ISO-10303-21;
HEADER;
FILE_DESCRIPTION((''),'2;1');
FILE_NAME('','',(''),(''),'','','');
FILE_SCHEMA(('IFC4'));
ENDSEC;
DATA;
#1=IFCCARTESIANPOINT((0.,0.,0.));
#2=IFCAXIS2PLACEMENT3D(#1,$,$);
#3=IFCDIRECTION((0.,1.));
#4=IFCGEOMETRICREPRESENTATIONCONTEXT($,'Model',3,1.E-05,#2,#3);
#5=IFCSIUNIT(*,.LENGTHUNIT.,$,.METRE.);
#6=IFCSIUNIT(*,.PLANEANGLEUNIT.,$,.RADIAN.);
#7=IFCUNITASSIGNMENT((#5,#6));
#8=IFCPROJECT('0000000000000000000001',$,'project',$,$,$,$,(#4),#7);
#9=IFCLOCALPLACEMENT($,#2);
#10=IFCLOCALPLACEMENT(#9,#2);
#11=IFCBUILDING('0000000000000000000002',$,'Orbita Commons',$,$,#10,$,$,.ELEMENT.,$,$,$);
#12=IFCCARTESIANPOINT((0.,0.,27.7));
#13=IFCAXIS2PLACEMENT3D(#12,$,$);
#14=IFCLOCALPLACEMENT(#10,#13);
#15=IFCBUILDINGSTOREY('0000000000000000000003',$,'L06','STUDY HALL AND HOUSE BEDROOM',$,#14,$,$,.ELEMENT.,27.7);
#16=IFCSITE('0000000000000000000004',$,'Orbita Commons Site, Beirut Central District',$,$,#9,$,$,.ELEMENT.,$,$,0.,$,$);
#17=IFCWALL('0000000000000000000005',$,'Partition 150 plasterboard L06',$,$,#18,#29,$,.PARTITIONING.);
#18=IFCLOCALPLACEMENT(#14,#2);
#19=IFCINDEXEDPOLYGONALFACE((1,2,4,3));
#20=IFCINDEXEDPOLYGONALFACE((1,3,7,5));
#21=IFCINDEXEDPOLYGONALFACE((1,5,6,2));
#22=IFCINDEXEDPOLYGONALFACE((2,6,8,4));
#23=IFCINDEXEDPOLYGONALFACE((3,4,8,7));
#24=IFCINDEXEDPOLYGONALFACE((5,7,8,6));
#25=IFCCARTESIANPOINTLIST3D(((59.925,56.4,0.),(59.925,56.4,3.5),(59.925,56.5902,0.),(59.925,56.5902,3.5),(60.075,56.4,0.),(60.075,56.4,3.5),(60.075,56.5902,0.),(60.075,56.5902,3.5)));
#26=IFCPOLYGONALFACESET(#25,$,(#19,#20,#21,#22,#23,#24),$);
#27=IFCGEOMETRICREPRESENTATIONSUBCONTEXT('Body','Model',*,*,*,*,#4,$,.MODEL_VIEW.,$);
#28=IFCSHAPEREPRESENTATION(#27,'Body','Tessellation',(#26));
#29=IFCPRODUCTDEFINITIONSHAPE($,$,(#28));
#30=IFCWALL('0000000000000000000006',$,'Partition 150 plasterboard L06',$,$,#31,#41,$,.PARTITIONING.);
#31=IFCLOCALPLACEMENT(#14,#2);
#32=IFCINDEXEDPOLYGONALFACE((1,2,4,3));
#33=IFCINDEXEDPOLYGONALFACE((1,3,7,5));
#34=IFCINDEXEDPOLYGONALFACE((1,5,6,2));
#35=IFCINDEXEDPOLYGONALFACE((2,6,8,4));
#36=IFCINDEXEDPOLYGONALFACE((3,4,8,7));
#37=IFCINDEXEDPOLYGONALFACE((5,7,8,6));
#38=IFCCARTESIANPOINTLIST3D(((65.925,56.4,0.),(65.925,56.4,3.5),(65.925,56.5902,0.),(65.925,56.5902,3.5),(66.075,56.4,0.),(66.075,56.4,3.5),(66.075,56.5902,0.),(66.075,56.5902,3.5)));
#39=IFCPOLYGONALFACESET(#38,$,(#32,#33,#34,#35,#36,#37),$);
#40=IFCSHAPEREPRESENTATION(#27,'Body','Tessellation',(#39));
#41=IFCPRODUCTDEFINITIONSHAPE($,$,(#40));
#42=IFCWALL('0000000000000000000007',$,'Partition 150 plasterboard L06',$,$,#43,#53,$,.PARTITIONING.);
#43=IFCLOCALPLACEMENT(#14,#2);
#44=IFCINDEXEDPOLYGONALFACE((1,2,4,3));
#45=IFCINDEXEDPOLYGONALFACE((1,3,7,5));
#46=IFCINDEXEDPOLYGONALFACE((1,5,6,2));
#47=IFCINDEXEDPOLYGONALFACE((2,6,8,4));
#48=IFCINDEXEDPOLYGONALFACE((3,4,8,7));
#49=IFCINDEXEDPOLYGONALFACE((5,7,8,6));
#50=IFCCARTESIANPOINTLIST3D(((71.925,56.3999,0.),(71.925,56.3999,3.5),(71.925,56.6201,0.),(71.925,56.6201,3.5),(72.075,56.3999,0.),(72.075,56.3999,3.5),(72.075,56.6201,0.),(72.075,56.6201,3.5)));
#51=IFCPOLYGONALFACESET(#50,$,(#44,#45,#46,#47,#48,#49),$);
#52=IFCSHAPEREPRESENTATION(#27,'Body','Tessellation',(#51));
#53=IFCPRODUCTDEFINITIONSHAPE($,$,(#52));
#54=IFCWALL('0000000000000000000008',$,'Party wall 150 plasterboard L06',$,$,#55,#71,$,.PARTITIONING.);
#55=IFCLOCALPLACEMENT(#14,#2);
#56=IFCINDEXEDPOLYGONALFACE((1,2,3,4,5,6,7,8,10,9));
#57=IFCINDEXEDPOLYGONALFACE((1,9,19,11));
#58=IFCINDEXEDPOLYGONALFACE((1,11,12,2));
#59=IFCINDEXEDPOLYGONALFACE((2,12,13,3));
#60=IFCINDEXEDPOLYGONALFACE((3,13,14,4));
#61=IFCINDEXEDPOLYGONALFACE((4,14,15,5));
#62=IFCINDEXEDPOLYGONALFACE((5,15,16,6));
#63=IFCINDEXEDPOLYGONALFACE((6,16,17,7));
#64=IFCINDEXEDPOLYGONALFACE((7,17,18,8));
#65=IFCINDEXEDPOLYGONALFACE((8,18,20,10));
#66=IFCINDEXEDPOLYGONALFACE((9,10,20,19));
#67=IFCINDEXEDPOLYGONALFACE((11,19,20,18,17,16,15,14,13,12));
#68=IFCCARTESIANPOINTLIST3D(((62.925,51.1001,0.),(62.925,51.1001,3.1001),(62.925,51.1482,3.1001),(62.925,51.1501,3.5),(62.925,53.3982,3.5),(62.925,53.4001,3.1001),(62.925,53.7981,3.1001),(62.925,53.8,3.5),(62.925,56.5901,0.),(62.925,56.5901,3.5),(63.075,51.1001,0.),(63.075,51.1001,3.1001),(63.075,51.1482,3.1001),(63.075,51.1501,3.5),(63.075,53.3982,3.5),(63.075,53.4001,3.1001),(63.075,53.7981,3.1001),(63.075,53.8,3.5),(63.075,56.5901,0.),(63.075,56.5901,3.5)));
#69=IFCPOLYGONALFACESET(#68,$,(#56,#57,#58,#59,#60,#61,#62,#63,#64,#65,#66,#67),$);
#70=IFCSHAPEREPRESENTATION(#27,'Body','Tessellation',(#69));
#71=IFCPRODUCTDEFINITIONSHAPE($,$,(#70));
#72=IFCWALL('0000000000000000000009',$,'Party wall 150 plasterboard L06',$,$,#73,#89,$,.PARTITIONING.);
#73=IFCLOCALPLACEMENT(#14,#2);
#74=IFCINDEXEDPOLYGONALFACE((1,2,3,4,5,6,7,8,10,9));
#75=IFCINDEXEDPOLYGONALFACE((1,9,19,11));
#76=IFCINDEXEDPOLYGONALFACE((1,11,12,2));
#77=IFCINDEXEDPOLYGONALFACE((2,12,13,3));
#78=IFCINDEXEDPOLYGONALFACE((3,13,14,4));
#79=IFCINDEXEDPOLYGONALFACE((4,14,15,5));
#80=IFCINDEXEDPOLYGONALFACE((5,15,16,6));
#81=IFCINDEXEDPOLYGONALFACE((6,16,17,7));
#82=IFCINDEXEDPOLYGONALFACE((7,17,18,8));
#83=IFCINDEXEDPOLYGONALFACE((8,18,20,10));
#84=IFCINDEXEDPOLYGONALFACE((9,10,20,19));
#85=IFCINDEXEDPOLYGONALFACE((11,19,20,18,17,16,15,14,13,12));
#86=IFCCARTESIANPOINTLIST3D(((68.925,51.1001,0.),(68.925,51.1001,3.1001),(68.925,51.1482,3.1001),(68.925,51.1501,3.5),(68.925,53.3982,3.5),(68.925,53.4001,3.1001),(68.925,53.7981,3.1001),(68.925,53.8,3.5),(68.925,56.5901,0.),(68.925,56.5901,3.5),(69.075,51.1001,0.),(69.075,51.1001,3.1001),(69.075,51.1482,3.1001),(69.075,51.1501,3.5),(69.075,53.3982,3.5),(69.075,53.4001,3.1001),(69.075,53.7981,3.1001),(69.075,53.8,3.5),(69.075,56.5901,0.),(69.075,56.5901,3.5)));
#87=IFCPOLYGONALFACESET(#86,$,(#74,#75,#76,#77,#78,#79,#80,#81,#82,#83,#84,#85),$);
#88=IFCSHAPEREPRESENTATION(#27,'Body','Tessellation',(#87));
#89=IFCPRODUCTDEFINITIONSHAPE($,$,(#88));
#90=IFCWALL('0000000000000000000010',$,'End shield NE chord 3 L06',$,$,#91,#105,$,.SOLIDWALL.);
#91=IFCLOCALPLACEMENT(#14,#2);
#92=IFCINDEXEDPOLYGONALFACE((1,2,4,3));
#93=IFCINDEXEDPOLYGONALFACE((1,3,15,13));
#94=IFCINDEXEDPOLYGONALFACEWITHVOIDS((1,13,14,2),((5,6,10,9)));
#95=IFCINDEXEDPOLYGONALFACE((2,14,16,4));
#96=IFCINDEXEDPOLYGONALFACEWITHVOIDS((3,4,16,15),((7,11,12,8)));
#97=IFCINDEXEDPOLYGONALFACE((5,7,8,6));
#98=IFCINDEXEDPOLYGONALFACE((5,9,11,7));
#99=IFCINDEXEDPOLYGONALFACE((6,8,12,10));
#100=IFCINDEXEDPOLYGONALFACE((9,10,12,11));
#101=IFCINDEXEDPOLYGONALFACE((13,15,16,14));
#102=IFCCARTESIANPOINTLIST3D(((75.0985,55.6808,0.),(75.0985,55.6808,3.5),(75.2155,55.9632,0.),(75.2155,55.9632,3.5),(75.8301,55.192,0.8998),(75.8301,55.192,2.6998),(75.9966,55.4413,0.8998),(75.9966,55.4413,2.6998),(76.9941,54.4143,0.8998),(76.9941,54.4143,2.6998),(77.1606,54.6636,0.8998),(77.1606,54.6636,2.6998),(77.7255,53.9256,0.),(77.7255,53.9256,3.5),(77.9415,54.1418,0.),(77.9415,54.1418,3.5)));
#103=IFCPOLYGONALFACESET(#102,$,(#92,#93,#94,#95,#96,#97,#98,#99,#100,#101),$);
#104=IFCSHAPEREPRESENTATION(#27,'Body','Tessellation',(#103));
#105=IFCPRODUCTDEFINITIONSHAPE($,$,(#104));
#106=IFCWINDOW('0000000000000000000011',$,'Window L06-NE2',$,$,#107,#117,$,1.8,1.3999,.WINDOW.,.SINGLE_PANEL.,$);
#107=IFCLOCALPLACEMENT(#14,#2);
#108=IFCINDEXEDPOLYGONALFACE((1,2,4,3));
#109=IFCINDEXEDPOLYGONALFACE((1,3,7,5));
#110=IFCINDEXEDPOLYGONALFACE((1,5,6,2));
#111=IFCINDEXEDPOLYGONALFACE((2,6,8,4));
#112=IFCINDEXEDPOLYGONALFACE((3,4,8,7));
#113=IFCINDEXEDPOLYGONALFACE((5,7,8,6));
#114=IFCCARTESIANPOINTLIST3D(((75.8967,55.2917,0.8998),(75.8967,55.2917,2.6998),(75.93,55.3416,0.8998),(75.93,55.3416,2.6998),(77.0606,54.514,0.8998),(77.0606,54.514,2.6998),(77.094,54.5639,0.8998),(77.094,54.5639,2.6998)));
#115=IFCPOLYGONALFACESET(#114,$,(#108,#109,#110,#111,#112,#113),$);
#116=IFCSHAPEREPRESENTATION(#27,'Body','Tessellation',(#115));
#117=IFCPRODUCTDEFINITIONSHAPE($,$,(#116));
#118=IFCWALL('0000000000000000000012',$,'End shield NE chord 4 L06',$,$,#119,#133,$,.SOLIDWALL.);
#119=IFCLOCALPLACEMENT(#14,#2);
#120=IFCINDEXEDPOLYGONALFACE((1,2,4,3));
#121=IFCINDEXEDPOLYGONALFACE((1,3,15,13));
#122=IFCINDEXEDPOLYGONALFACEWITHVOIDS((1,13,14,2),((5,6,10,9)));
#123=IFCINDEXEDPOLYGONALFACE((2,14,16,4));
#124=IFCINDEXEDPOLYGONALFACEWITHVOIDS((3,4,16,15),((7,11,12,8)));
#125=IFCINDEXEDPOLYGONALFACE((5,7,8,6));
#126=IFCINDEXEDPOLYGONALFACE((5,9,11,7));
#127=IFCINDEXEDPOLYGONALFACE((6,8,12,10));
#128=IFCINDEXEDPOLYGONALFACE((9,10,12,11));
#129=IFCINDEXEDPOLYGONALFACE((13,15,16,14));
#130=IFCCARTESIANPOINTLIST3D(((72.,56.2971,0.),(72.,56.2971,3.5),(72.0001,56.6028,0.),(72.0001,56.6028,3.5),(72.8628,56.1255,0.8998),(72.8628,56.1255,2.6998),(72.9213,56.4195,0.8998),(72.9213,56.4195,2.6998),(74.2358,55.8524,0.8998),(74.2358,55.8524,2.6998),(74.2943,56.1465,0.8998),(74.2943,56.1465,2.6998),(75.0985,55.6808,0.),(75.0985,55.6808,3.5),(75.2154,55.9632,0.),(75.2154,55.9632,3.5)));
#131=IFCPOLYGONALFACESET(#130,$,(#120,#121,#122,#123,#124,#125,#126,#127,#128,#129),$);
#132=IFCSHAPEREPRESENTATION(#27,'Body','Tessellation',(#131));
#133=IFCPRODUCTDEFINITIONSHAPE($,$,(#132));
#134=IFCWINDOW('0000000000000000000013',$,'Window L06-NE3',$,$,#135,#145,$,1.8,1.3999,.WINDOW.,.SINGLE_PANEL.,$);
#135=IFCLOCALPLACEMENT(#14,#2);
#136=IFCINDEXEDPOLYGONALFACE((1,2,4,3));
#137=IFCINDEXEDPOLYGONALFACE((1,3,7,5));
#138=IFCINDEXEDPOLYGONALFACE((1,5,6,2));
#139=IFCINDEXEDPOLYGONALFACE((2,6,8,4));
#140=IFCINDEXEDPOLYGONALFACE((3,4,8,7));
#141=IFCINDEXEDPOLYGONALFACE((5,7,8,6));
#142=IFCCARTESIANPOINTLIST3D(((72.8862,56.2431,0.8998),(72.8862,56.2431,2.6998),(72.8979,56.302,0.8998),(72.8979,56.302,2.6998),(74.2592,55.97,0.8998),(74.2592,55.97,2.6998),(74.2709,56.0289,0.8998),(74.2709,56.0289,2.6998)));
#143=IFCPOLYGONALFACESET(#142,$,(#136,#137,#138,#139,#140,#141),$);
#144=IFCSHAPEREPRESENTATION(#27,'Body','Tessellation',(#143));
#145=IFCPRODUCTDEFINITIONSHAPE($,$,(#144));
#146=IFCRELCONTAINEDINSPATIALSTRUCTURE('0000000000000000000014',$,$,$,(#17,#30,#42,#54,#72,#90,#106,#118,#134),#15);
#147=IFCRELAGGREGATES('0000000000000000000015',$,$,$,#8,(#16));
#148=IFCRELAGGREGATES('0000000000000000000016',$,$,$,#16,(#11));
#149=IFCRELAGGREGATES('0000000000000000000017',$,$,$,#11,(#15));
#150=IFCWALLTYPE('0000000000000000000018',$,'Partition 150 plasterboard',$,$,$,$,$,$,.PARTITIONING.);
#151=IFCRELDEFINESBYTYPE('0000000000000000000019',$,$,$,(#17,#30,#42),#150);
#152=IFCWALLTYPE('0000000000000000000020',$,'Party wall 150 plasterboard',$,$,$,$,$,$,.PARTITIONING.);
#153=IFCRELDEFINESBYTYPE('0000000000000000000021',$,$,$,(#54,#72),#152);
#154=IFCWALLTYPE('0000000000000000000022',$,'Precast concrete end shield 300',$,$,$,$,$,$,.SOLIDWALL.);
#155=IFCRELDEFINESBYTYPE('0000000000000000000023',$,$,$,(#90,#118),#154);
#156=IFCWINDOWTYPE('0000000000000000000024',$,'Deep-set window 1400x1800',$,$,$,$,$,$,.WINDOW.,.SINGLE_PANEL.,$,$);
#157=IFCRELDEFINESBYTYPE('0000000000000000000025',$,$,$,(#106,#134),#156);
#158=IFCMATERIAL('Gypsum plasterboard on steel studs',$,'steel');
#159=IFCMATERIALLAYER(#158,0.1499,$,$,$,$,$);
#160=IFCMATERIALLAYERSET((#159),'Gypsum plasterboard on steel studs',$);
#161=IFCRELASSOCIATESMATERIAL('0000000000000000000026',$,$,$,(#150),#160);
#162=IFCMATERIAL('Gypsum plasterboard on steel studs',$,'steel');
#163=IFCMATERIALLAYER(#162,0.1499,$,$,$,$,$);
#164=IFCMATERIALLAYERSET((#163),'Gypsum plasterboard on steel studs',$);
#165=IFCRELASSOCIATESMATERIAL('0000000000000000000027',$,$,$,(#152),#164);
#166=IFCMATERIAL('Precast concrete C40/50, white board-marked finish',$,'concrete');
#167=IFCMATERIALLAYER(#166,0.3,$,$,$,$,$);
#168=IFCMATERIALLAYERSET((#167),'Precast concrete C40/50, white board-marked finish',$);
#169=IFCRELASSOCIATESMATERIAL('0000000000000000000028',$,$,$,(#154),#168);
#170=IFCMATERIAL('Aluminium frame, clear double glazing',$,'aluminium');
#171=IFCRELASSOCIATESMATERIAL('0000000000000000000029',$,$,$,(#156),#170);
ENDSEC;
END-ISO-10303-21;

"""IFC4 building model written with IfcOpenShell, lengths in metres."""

from ifc_helpers import new_model, si_unit, direction, frame, frame_2d, origin, place, context, subcontext, project, spatial, polyline, rectangle, outline, extrude, material, layer, layer_set, type_object, element, fill, save


model = new_model("IFC4")

# Units and contexts
model_context = context("Model", 3, precision=1e-05, world=origin(), true_north=direction((0.0, 1.0)))
body_context = subcontext(model_context, "Body", "Model", "MODEL_VIEW")
ifc_project = project(units=[si_unit("LENGTHUNIT", "METRE"), si_unit("PLANEANGLEUNIT", "RADIAN")], contexts=[model_context])

# Site, building, storey
site_placement = place(None, origin())
site = spatial("IfcSite", under=ifc_project, at=site_placement, Name="Orbita Commons Site, Beirut Central District", CompositionType="ELEMENT", RefElevation=0.0)
building_placement = place(site_placement, origin())
building = spatial("IfcBuilding", under=site, at=building_placement, Name="Orbita Commons", CompositionType="ELEMENT")
storey_placement = place(building_placement, frame((0.0, 0.0, 27.7)))
storey = spatial("IfcBuildingStorey", under=building, at=storey_placement, Name="L06", Description="STUDY HALL AND HOUSE BEDROOM", CompositionType="ELEMENT", Elevation=27.7)

# Walls
ifc_material_1 = material(Name="Gypsum plasterboard on steel studs", Category="steel")
ifc_layer_1 = layer(ifc_material_1, 0.1499)
ifc_layer_set_1 = layer_set([ifc_layer_1], Name="Gypsum plasterboard on steel studs")
wall_type_1 = type_object("IfcWallType", Name="Partition 150 plasterboard", PredefinedType="PARTITIONING", material=ifc_layer_set_1)
for number, where, z_axis, x_axis, name in (
    (1, (60.0, 56.3999, 0.0), (0.0, 0.0, 1.0), (0.0, 1.0, 0.0), "Partition 150 plasterboard L06"),
    (2, (66.0, 56.3999, 0.0), (0.0, 0.0, 1.0), (0.0, 1.0, 0.0), "Partition 150 plasterboard L06"),
):
    element("IfcWall", number, at=place(storey_placement, frame(where, z_axis=z_axis, x_axis=x_axis)), inside=storey, type_object=wall_type_1, Name=name, PredefinedType="PARTITIONING", context=body_context, shape_type="SweptSolid", body=[
        extrude(rectangle(XDim=0.1902, YDim=0.1499, at=frame_2d((0.0952, 0.0))), origin(), (0.0, 0.0, 1.0), 3.5),
    ])
wall_1_placement = place(storey_placement, frame((72.0, 56.3999, 0.0), z_axis=(0.0, 0.0, 1.0), x_axis=(0.0, 1.0, 0.0)))
element("IfcWall", 3, at=wall_1_placement, inside=storey, type_object=wall_type_1, Name="Partition 150 plasterboard L06", PredefinedType="PARTITIONING", context=body_context, shape_type="SweptSolid", body=[
    extrude(rectangle(XDim=0.2202, YDim=0.1499, at=frame_2d((0.1101, 0.0))), origin(), (0.0, 0.0, 1.0), 3.5),
])
ifc_material_2 = material(Name="Gypsum plasterboard on steel studs", Category="steel")
ifc_layer_2 = layer(ifc_material_2, 0.1499)
ifc_layer_set_2 = layer_set([ifc_layer_2], Name="Gypsum plasterboard on steel studs")
wall_type_2 = type_object("IfcWallType", Name="Party wall 150 plasterboard", PredefinedType="PARTITIONING", material=ifc_layer_set_2)
for number, where, z_axis, x_axis, name in (
    (4, (63.0, 56.5901, 0.0), (0.0, 0.0, 1.0), (0.0, -1.0, 0.0), "Party wall 150 plasterboard L06"),
    (5, (69.0, 56.5901, 0.0), (0.0, 0.0, 1.0), (0.0, -1.0, 0.0), "Party wall 150 plasterboard L06"),
):
    element("IfcWall", number, at=place(storey_placement, frame(where, z_axis=z_axis, x_axis=x_axis)), inside=storey, type_object=wall_type_2, Name=name, PredefinedType="PARTITIONING", context=body_context, shape_type="SweptSolid", body=[
        extrude(outline(polyline([(0.0, 0.0), (5.49, 0.0), (5.49, 3.1001), (5.4419, 3.1001), (5.4399, 3.5), (3.1919, 3.5), (3.1899, 3.1001), (2.792, 3.1001), (2.79, 3.5), (0.0, 3.5), (0.0, 0.0)])), frame((0.0, 0.075, 0.0), z_axis=(0.0, -1.0, 0.0), x_axis=(1.0, 0.0, 0.0)), (0.0, 0.0, 1.0), 0.1499),
    ])

# Walls, openings, windows
ifc_material_3 = material(Name="Precast concrete C40/50, white board-marked finish", Category="concrete")
ifc_layer_3 = layer(ifc_material_3, 0.3)
ifc_layer_set_3 = layer_set([ifc_layer_3], Name="Precast concrete C40/50, white board-marked finish")
wall_type_3 = type_object("IfcWallType", Name="Precast concrete end shield 300", PredefinedType="SOLIDWALL", material=ifc_layer_set_3)
wall_2_placement = place(storey_placement, frame((77.8335, 54.0337, 0.0), z_axis=(0.0, 0.0, 1.0), x_axis=(-0.831478, 0.555558, 0.0)))
wall_2 = element("IfcWall", 6, at=wall_2_placement, inside=storey, type_object=wall_type_3, Name="End shield NE chord 3 L06", PredefinedType="SOLIDWALL", context=body_context, shape_type="SweptSolid", body=[
    extrude(outline(polyline([(-0.0298, -0.1499), (3.2488, -0.1499), (3.1892, 0.1499), (0.0298, 0.1499), (-0.0298, -0.1499)])), origin(), (0.0, 0.0, 1.0), 3.5),
])
opening_1_placement = place(wall_2_placement, frame((0.9094, 0.0, 0.8999)))
opening_1 = element("IfcOpeningElement", 7, at=opening_1_placement, cuts=wall_2, PredefinedType="OPENING", context=body_context, shape_type="SweptSolid", body=[
    extrude(rectangle(XDim=1.3999, YDim=1.8, at=frame_2d((0.7, 0.8999))), frame((0.0, 0.1599, 0.0), z_axis=(0.0, -1.0, 0.0), x_axis=(1.0, 0.0, 0.0)), (0.0, 0.0, 1.0), 0.3201),
])
ifc_material_4 = material(Name="Aluminium frame, clear double glazing", Category="aluminium")
window_type = type_object("IfcWindowType", Name="Deep-set window 1400x1800", PartitioningType="SINGLE_PANEL", PredefinedType="WINDOW", material=ifc_material_4)
window_1_placement = place(opening_1_placement, origin())
window_1 = element("IfcWindow", 8, at=window_1_placement, inside=storey, type_object=window_type, Name="Window L06-NE2", OverallHeight=1.8, OverallWidth=1.3999, PartitioningType="SINGLE_PANEL", PredefinedType="WINDOW", context=body_context, shape_type="SweptSolid", body=[
    extrude(rectangle(XDim=1.3999, YDim=1.8, at=frame_2d((0.7, 0.8999))), frame((0.0, 0.03, 0.0), z_axis=(0.0, -1.0, 0.0), x_axis=(1.0, 0.0, 0.0)), (0.0, 0.0, 1.0), 0.0601),
])
fill(opening_1, window_1)
wall_3_placement = place(storey_placement, frame((75.157, 55.822, 0.0), z_axis=(0.0, 0.0, 1.0), x_axis=(-0.980787, 0.19508, 0.0)))
wall_3 = element("IfcWall", 9, at=wall_3_placement, inside=storey, type_object=wall_type_3, Name="End shield NE chord 4 L06", PredefinedType="SOLIDWALL", context=body_context, shape_type="SweptSolid", body=[
    extrude(outline(polyline([(-0.0298, -0.1499), (3.2485, -0.1499), (3.189, 0.1499), (0.0298, 0.1499), (-0.0298, -0.1499)])), origin(), (0.0, 0.0, 1.0), 3.5),
])
opening_2_placement = place(wall_3_placement, frame((0.9094, 0.0, 0.8999)))
opening_2 = element("IfcOpeningElement", 10, at=opening_2_placement, cuts=wall_3, PredefinedType="OPENING", context=body_context, shape_type="SweptSolid", body=[
    extrude(rectangle(XDim=1.3999, YDim=1.8, at=frame_2d((0.7, 0.8999))), frame((0.0, 0.1599, 0.0), z_axis=(0.0, -1.0, 0.0), x_axis=(1.0, 0.0, 0.0)), (0.0, 0.0, 1.0), 0.3201),
])
window_2_placement = place(opening_2_placement, origin())
window_2 = element("IfcWindow", 11, at=window_2_placement, inside=storey, type_object=window_type, Name="Window L06-NE3", OverallHeight=1.8, OverallWidth=1.3999, PartitioningType="SINGLE_PANEL", PredefinedType="WINDOW", context=body_context, shape_type="SweptSolid", body=[
    extrude(rectangle(XDim=1.3999, YDim=1.8, at=frame_2d((0.7, 0.8999))), frame((0.0, 0.03, 0.0), z_axis=(0.0, -1.0, 0.0), x_axis=(1.0, 0.0, 0.0)), (0.0, 0.0, 1.0), 0.0601),
])
fill(opening_2, window_2)

save(model, "model.ifc")
